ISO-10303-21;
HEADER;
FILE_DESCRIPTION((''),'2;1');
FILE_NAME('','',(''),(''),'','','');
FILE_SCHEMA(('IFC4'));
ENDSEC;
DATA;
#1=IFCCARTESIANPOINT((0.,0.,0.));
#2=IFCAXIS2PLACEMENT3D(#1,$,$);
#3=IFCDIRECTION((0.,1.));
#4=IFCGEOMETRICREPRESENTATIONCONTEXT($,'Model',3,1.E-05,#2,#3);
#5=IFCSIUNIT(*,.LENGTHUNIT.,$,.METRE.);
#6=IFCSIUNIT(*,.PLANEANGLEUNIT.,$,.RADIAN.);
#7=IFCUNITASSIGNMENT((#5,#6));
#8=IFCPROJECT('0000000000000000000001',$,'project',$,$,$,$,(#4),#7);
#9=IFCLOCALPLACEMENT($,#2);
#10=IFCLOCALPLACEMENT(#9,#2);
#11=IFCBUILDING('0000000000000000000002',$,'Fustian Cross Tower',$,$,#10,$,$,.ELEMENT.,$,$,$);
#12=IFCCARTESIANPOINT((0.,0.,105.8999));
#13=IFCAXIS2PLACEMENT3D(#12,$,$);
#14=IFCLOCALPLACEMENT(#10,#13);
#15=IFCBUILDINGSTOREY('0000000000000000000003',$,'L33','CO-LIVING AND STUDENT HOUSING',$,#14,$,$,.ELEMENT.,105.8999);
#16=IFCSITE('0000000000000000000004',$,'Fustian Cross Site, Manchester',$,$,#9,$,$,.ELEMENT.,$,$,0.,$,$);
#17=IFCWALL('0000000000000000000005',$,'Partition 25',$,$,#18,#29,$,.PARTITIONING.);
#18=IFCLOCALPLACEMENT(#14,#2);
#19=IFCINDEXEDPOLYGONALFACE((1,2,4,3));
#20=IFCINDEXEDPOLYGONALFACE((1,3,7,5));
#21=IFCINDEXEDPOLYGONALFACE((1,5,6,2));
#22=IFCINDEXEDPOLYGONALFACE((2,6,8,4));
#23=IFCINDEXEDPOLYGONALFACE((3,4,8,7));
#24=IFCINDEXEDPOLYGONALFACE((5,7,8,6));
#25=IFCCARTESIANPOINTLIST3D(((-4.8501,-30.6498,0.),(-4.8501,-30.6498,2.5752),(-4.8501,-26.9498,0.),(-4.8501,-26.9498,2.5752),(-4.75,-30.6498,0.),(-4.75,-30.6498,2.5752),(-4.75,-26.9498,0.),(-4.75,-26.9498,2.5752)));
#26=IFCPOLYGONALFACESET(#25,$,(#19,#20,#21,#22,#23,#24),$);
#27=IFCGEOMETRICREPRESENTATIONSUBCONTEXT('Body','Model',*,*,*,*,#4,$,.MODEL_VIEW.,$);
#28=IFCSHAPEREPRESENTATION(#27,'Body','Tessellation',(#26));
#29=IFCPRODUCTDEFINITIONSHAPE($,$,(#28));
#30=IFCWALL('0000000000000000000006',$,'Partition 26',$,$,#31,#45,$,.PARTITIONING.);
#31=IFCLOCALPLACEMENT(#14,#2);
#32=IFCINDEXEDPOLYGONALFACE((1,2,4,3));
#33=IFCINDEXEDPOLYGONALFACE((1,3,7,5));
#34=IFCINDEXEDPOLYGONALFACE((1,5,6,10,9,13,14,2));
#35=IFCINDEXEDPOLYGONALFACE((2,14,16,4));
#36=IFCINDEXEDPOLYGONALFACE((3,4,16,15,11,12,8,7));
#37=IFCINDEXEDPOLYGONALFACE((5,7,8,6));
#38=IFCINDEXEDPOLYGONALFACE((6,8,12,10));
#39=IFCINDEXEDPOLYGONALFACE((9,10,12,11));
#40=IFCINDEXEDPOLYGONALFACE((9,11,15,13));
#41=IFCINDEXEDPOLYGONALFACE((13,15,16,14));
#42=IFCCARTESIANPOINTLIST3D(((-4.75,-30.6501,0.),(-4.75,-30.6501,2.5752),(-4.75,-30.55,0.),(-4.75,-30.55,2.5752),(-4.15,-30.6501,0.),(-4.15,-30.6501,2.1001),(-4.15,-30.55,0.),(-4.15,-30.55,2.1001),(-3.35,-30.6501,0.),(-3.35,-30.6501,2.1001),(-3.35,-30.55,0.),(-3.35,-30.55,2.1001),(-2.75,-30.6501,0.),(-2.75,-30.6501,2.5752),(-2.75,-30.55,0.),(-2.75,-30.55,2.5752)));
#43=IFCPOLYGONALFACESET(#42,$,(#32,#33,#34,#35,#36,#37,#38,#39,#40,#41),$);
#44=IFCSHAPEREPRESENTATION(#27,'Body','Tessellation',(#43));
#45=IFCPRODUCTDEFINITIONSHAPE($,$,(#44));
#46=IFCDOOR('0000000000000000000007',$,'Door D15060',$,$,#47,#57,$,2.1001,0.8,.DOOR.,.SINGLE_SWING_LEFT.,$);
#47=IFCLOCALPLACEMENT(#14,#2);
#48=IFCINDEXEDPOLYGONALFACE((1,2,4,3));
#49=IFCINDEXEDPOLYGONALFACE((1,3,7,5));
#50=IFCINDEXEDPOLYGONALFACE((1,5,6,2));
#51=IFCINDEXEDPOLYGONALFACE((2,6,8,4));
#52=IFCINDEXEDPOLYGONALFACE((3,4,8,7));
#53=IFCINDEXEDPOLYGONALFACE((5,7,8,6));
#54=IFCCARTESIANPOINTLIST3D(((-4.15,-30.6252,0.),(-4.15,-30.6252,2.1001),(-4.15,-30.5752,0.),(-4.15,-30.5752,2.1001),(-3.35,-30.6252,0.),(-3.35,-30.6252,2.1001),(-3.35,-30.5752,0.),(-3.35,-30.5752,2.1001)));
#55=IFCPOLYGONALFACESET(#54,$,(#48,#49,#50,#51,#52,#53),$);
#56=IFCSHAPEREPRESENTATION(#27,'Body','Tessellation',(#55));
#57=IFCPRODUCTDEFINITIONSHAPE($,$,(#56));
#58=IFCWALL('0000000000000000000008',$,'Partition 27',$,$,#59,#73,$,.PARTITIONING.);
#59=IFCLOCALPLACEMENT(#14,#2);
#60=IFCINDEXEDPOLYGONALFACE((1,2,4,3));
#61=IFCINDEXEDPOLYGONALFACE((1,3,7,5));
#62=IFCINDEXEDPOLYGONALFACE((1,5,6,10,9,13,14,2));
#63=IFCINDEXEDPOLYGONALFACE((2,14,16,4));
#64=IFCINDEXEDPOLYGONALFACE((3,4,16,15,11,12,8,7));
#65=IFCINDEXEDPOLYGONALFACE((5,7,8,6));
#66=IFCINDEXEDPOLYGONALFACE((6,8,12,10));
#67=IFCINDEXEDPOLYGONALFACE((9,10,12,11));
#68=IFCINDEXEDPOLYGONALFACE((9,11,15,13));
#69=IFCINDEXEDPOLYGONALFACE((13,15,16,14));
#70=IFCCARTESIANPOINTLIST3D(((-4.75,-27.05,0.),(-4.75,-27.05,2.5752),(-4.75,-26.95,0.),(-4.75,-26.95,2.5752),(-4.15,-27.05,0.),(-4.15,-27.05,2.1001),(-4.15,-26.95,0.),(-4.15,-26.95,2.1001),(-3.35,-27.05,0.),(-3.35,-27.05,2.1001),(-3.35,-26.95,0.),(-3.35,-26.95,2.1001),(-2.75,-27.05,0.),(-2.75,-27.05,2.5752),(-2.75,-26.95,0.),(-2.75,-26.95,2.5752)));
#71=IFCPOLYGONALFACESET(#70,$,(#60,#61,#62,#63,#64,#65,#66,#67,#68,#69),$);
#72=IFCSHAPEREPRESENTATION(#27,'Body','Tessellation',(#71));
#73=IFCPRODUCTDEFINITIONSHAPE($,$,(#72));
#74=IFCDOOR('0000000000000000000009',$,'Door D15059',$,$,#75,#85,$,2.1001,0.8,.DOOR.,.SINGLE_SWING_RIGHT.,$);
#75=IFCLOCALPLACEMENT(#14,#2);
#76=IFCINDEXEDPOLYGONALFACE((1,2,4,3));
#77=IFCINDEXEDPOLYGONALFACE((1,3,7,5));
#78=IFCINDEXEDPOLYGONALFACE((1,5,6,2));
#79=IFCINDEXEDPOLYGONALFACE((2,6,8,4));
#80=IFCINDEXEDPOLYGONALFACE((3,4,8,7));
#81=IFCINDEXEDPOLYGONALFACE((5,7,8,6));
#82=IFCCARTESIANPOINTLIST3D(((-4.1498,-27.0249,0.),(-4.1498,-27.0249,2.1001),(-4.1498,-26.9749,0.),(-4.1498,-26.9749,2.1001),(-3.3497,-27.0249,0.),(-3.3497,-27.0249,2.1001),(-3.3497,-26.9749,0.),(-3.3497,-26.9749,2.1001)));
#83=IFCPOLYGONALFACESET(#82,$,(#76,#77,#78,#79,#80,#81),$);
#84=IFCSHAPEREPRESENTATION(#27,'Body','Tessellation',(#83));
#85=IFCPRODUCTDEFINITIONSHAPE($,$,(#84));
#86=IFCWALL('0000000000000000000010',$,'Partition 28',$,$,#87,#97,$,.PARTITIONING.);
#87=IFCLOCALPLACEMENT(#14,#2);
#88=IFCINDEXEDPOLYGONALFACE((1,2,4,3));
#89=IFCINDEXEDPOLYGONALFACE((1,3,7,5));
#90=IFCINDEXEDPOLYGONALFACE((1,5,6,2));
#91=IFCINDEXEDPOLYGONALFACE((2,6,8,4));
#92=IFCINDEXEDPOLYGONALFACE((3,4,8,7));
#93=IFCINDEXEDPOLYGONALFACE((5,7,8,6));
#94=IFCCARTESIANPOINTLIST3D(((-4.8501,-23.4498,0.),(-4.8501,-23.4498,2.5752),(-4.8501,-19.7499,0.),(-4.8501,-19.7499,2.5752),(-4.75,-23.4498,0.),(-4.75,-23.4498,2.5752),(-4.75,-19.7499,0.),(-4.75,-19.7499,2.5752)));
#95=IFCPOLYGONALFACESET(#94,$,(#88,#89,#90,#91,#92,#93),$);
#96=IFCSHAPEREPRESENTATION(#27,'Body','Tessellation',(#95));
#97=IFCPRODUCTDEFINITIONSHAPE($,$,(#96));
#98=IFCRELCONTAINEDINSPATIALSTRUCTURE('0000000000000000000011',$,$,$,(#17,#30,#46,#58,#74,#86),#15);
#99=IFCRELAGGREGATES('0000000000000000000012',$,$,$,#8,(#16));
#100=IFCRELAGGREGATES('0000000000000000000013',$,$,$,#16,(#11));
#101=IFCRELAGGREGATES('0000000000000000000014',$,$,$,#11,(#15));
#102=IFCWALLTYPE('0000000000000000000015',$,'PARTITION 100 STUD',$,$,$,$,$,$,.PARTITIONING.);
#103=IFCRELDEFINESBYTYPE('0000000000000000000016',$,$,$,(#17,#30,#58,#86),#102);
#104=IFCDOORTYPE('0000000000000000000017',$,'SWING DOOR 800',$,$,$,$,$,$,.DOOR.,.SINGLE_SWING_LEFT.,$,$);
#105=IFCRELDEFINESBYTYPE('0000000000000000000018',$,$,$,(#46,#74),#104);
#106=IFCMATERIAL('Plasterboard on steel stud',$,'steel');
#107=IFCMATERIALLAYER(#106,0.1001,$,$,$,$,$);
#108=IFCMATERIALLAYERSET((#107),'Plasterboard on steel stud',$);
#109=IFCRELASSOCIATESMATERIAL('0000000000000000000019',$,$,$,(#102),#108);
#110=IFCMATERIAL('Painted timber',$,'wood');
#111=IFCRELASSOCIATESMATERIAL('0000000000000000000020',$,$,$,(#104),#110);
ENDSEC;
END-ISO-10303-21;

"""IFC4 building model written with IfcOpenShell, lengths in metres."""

from ifc_helpers import new_model, si_unit, direction, frame, frame_2d, origin, place, context, subcontext, project, spatial, rectangle, extrude, material, layer, layer_set, type_object, element, fill, save


model = new_model("IFC4")

# Units and contexts
model_context = context("Model", 3, precision=1e-05, world=origin(), true_north=direction((0.0, 1.0)))
body_context = subcontext(model_context, "Body", "Model", "MODEL_VIEW")
ifc_project = project(units=[si_unit("LENGTHUNIT", "METRE"), si_unit("PLANEANGLEUNIT", "RADIAN")], contexts=[model_context])

# Site, building, storey
site_placement = place(None, origin())
site = spatial("IfcSite", under=ifc_project, at=site_placement, Name="Fustian Cross Site, Manchester", CompositionType="ELEMENT", RefElevation=0.0)
building_placement = place(site_placement, origin())
building = spatial("IfcBuilding", under=site, at=building_placement, Name="Fustian Cross Tower", CompositionType="ELEMENT")
storey_placement = place(building_placement, frame((0.0, 0.0, 105.8999)))
storey = spatial("IfcBuildingStorey", under=building, at=storey_placement, Name="L33", Description="CO-LIVING AND STUDENT HOUSING", CompositionType="ELEMENT", Elevation=105.8999)

# Shared definitions
ifc_material_1 = material(Name="Plasterboard on steel stud", Category="steel")
ifc_layer_1 = layer(ifc_material_1, 0.1001)
ifc_layer_set_1 = layer_set([ifc_layer_1], Name="Plasterboard on steel stud")
wall_type_1 = type_object("IfcWallType", Name="PARTITION 100 STUD", PredefinedType="PARTITIONING", material=ifc_layer_set_1)
ifc_material_2 = material(Name="Painted timber", Category="wood")
door_type_1 = type_object("IfcDoorType", Name="SWING DOOR 800", OperationType="SINGLE_SWING_LEFT", PredefinedType="DOOR", material=ifc_material_2)

# Wall
wall_1_placement = place(storey_placement, frame((-4.8, -30.6499, 0.0), z_axis=(0.0, 0.0, 1.0), x_axis=(0.0, 1.0, 0.0)))
element("IfcWall", 1, at=wall_1_placement, inside=storey, type_object=wall_type_1, Name="Partition 25", PredefinedType="PARTITIONING", context=body_context, shape_type="SweptSolid", body=[
    extrude(rectangle(XDim=3.7, YDim=0.1001, at=frame_2d((1.8501, 0.0))), origin(), (0.0, 0.0, 1.0), 2.5752),
])

# Walls, openings, doors
wall_2_placement = place(storey_placement, frame((-4.75, -30.6001, 0.0), z_axis=(0.0, 0.0, 1.0), x_axis=(1.0, 0.0, 0.0)))
wall_2 = element("IfcWall", 2, at=wall_2_placement, inside=storey, type_object=wall_type_1, Name="Partition 26", PredefinedType="PARTITIONING", context=body_context, shape_type="SweptSolid", body=[
    extrude(rectangle(XDim=2.0, YDim=0.1001, at=frame_2d((1.0, 0.0))), origin(), (0.0, 0.0, 1.0), 2.5752),
])
opening_1_placement = place(wall_2_placement, frame((0.6001, 0.0, 0.0)))
opening_1 = element("IfcOpeningElement", 3, at=opening_1_placement, cuts=wall_2, PredefinedType="OPENING", context=body_context, shape_type="SweptSolid", body=[
    extrude(rectangle(XDim=0.8, YDim=2.1001, at=frame_2d((0.3999, 1.05))), frame((0.0, 0.0601, 0.0), z_axis=(0.0, -1.0, 0.0), x_axis=(1.0, 0.0, 0.0)), (0.0, 0.0, 1.0), 0.1201),
])
door_1_placement = place(opening_1_placement, origin())
door_1 = element("IfcDoor", 4, at=door_1_placement, inside=storey, type_object=door_type_1, Name="Door D15060", OperationType="SINGLE_SWING_LEFT", OverallHeight=2.1001, OverallWidth=0.8, PredefinedType="DOOR", context=body_context, shape_type="SweptSolid", body=[
    extrude(rectangle(XDim=0.8, YDim=2.1001, at=frame_2d((0.3999, 1.05))), frame((0.0, 0.0249, 0.0), z_axis=(0.0, -1.0, 0.0), x_axis=(1.0, 0.0, 0.0)), (0.0, 0.0, 1.0), 0.05),
])
fill(opening_1, door_1)
wall_3_placement = place(storey_placement, frame((-4.75, -27.0, 0.0), z_axis=(0.0, 0.0, 1.0), x_axis=(1.0, 0.0, 0.0)))
wall_3 = element("IfcWall", 5, at=wall_3_placement, inside=storey, type_object=wall_type_1, Name="Partition 27", PredefinedType="PARTITIONING", context=body_context, shape_type="SweptSolid", body=[
    extrude(rectangle(XDim=2.0, YDim=0.1001, at=frame_2d((1.0, 0.0))), origin(), (0.0, 0.0, 1.0), 2.5752),
])
opening_2_placement = place(wall_3_placement, frame((0.6001, 0.0, 0.0)))
opening_2 = element("IfcOpeningElement", 6, at=opening_2_placement, cuts=wall_3, PredefinedType="OPENING", context=body_context, shape_type="SweptSolid", body=[
    extrude(rectangle(XDim=0.8, YDim=2.1001, at=frame_2d((0.3999, 1.05))), frame((0.0, 0.0601, 0.0), z_axis=(0.0, -1.0, 0.0), x_axis=(1.0, 0.0, 0.0)), (0.0, 0.0, 1.0), 0.1201),
])
door_2_placement = place(opening_2_placement, frame((0.8, 0.0, 0.0), z_axis=(0.0, 0.0, 1.0), x_axis=(-1.0, 0.0, 0.0)))
door_2 = element("IfcDoor", 7, at=door_2_placement, inside=storey, type_object=door_type_1, Name="Door D15059", OperationType="SINGLE_SWING_RIGHT", OverallHeight=2.1001, OverallWidth=0.8, PredefinedType="DOOR", context=body_context, shape_type="SweptSolid", body=[
    extrude(rectangle(XDim=0.8, YDim=2.1001, at=frame_2d((0.3999, 1.05))), frame((0.0, 0.0249, 0.0), z_axis=(0.0, -1.0, 0.0), x_axis=(1.0, 0.0, 0.0)), (0.0, 0.0, 1.0), 0.05),
])
fill(opening_2, door_2)

# Wall
wall_4_placement = place(storey_placement, frame((-4.8, -23.45, 0.0), z_axis=(0.0, 0.0, 1.0), x_axis=(0.0, 1.0, 0.0)))
element("IfcWall", 8, at=wall_4_placement, inside=storey, type_object=wall_type_1, Name="Partition 28", PredefinedType="PARTITIONING", context=body_context, shape_type="SweptSolid", body=[
    extrude(rectangle(XDim=3.7, YDim=0.1001, at=frame_2d((1.8501, 0.0))), origin(), (0.0, 0.0, 1.0), 2.5752),
])

save(model, "model.ifc")
